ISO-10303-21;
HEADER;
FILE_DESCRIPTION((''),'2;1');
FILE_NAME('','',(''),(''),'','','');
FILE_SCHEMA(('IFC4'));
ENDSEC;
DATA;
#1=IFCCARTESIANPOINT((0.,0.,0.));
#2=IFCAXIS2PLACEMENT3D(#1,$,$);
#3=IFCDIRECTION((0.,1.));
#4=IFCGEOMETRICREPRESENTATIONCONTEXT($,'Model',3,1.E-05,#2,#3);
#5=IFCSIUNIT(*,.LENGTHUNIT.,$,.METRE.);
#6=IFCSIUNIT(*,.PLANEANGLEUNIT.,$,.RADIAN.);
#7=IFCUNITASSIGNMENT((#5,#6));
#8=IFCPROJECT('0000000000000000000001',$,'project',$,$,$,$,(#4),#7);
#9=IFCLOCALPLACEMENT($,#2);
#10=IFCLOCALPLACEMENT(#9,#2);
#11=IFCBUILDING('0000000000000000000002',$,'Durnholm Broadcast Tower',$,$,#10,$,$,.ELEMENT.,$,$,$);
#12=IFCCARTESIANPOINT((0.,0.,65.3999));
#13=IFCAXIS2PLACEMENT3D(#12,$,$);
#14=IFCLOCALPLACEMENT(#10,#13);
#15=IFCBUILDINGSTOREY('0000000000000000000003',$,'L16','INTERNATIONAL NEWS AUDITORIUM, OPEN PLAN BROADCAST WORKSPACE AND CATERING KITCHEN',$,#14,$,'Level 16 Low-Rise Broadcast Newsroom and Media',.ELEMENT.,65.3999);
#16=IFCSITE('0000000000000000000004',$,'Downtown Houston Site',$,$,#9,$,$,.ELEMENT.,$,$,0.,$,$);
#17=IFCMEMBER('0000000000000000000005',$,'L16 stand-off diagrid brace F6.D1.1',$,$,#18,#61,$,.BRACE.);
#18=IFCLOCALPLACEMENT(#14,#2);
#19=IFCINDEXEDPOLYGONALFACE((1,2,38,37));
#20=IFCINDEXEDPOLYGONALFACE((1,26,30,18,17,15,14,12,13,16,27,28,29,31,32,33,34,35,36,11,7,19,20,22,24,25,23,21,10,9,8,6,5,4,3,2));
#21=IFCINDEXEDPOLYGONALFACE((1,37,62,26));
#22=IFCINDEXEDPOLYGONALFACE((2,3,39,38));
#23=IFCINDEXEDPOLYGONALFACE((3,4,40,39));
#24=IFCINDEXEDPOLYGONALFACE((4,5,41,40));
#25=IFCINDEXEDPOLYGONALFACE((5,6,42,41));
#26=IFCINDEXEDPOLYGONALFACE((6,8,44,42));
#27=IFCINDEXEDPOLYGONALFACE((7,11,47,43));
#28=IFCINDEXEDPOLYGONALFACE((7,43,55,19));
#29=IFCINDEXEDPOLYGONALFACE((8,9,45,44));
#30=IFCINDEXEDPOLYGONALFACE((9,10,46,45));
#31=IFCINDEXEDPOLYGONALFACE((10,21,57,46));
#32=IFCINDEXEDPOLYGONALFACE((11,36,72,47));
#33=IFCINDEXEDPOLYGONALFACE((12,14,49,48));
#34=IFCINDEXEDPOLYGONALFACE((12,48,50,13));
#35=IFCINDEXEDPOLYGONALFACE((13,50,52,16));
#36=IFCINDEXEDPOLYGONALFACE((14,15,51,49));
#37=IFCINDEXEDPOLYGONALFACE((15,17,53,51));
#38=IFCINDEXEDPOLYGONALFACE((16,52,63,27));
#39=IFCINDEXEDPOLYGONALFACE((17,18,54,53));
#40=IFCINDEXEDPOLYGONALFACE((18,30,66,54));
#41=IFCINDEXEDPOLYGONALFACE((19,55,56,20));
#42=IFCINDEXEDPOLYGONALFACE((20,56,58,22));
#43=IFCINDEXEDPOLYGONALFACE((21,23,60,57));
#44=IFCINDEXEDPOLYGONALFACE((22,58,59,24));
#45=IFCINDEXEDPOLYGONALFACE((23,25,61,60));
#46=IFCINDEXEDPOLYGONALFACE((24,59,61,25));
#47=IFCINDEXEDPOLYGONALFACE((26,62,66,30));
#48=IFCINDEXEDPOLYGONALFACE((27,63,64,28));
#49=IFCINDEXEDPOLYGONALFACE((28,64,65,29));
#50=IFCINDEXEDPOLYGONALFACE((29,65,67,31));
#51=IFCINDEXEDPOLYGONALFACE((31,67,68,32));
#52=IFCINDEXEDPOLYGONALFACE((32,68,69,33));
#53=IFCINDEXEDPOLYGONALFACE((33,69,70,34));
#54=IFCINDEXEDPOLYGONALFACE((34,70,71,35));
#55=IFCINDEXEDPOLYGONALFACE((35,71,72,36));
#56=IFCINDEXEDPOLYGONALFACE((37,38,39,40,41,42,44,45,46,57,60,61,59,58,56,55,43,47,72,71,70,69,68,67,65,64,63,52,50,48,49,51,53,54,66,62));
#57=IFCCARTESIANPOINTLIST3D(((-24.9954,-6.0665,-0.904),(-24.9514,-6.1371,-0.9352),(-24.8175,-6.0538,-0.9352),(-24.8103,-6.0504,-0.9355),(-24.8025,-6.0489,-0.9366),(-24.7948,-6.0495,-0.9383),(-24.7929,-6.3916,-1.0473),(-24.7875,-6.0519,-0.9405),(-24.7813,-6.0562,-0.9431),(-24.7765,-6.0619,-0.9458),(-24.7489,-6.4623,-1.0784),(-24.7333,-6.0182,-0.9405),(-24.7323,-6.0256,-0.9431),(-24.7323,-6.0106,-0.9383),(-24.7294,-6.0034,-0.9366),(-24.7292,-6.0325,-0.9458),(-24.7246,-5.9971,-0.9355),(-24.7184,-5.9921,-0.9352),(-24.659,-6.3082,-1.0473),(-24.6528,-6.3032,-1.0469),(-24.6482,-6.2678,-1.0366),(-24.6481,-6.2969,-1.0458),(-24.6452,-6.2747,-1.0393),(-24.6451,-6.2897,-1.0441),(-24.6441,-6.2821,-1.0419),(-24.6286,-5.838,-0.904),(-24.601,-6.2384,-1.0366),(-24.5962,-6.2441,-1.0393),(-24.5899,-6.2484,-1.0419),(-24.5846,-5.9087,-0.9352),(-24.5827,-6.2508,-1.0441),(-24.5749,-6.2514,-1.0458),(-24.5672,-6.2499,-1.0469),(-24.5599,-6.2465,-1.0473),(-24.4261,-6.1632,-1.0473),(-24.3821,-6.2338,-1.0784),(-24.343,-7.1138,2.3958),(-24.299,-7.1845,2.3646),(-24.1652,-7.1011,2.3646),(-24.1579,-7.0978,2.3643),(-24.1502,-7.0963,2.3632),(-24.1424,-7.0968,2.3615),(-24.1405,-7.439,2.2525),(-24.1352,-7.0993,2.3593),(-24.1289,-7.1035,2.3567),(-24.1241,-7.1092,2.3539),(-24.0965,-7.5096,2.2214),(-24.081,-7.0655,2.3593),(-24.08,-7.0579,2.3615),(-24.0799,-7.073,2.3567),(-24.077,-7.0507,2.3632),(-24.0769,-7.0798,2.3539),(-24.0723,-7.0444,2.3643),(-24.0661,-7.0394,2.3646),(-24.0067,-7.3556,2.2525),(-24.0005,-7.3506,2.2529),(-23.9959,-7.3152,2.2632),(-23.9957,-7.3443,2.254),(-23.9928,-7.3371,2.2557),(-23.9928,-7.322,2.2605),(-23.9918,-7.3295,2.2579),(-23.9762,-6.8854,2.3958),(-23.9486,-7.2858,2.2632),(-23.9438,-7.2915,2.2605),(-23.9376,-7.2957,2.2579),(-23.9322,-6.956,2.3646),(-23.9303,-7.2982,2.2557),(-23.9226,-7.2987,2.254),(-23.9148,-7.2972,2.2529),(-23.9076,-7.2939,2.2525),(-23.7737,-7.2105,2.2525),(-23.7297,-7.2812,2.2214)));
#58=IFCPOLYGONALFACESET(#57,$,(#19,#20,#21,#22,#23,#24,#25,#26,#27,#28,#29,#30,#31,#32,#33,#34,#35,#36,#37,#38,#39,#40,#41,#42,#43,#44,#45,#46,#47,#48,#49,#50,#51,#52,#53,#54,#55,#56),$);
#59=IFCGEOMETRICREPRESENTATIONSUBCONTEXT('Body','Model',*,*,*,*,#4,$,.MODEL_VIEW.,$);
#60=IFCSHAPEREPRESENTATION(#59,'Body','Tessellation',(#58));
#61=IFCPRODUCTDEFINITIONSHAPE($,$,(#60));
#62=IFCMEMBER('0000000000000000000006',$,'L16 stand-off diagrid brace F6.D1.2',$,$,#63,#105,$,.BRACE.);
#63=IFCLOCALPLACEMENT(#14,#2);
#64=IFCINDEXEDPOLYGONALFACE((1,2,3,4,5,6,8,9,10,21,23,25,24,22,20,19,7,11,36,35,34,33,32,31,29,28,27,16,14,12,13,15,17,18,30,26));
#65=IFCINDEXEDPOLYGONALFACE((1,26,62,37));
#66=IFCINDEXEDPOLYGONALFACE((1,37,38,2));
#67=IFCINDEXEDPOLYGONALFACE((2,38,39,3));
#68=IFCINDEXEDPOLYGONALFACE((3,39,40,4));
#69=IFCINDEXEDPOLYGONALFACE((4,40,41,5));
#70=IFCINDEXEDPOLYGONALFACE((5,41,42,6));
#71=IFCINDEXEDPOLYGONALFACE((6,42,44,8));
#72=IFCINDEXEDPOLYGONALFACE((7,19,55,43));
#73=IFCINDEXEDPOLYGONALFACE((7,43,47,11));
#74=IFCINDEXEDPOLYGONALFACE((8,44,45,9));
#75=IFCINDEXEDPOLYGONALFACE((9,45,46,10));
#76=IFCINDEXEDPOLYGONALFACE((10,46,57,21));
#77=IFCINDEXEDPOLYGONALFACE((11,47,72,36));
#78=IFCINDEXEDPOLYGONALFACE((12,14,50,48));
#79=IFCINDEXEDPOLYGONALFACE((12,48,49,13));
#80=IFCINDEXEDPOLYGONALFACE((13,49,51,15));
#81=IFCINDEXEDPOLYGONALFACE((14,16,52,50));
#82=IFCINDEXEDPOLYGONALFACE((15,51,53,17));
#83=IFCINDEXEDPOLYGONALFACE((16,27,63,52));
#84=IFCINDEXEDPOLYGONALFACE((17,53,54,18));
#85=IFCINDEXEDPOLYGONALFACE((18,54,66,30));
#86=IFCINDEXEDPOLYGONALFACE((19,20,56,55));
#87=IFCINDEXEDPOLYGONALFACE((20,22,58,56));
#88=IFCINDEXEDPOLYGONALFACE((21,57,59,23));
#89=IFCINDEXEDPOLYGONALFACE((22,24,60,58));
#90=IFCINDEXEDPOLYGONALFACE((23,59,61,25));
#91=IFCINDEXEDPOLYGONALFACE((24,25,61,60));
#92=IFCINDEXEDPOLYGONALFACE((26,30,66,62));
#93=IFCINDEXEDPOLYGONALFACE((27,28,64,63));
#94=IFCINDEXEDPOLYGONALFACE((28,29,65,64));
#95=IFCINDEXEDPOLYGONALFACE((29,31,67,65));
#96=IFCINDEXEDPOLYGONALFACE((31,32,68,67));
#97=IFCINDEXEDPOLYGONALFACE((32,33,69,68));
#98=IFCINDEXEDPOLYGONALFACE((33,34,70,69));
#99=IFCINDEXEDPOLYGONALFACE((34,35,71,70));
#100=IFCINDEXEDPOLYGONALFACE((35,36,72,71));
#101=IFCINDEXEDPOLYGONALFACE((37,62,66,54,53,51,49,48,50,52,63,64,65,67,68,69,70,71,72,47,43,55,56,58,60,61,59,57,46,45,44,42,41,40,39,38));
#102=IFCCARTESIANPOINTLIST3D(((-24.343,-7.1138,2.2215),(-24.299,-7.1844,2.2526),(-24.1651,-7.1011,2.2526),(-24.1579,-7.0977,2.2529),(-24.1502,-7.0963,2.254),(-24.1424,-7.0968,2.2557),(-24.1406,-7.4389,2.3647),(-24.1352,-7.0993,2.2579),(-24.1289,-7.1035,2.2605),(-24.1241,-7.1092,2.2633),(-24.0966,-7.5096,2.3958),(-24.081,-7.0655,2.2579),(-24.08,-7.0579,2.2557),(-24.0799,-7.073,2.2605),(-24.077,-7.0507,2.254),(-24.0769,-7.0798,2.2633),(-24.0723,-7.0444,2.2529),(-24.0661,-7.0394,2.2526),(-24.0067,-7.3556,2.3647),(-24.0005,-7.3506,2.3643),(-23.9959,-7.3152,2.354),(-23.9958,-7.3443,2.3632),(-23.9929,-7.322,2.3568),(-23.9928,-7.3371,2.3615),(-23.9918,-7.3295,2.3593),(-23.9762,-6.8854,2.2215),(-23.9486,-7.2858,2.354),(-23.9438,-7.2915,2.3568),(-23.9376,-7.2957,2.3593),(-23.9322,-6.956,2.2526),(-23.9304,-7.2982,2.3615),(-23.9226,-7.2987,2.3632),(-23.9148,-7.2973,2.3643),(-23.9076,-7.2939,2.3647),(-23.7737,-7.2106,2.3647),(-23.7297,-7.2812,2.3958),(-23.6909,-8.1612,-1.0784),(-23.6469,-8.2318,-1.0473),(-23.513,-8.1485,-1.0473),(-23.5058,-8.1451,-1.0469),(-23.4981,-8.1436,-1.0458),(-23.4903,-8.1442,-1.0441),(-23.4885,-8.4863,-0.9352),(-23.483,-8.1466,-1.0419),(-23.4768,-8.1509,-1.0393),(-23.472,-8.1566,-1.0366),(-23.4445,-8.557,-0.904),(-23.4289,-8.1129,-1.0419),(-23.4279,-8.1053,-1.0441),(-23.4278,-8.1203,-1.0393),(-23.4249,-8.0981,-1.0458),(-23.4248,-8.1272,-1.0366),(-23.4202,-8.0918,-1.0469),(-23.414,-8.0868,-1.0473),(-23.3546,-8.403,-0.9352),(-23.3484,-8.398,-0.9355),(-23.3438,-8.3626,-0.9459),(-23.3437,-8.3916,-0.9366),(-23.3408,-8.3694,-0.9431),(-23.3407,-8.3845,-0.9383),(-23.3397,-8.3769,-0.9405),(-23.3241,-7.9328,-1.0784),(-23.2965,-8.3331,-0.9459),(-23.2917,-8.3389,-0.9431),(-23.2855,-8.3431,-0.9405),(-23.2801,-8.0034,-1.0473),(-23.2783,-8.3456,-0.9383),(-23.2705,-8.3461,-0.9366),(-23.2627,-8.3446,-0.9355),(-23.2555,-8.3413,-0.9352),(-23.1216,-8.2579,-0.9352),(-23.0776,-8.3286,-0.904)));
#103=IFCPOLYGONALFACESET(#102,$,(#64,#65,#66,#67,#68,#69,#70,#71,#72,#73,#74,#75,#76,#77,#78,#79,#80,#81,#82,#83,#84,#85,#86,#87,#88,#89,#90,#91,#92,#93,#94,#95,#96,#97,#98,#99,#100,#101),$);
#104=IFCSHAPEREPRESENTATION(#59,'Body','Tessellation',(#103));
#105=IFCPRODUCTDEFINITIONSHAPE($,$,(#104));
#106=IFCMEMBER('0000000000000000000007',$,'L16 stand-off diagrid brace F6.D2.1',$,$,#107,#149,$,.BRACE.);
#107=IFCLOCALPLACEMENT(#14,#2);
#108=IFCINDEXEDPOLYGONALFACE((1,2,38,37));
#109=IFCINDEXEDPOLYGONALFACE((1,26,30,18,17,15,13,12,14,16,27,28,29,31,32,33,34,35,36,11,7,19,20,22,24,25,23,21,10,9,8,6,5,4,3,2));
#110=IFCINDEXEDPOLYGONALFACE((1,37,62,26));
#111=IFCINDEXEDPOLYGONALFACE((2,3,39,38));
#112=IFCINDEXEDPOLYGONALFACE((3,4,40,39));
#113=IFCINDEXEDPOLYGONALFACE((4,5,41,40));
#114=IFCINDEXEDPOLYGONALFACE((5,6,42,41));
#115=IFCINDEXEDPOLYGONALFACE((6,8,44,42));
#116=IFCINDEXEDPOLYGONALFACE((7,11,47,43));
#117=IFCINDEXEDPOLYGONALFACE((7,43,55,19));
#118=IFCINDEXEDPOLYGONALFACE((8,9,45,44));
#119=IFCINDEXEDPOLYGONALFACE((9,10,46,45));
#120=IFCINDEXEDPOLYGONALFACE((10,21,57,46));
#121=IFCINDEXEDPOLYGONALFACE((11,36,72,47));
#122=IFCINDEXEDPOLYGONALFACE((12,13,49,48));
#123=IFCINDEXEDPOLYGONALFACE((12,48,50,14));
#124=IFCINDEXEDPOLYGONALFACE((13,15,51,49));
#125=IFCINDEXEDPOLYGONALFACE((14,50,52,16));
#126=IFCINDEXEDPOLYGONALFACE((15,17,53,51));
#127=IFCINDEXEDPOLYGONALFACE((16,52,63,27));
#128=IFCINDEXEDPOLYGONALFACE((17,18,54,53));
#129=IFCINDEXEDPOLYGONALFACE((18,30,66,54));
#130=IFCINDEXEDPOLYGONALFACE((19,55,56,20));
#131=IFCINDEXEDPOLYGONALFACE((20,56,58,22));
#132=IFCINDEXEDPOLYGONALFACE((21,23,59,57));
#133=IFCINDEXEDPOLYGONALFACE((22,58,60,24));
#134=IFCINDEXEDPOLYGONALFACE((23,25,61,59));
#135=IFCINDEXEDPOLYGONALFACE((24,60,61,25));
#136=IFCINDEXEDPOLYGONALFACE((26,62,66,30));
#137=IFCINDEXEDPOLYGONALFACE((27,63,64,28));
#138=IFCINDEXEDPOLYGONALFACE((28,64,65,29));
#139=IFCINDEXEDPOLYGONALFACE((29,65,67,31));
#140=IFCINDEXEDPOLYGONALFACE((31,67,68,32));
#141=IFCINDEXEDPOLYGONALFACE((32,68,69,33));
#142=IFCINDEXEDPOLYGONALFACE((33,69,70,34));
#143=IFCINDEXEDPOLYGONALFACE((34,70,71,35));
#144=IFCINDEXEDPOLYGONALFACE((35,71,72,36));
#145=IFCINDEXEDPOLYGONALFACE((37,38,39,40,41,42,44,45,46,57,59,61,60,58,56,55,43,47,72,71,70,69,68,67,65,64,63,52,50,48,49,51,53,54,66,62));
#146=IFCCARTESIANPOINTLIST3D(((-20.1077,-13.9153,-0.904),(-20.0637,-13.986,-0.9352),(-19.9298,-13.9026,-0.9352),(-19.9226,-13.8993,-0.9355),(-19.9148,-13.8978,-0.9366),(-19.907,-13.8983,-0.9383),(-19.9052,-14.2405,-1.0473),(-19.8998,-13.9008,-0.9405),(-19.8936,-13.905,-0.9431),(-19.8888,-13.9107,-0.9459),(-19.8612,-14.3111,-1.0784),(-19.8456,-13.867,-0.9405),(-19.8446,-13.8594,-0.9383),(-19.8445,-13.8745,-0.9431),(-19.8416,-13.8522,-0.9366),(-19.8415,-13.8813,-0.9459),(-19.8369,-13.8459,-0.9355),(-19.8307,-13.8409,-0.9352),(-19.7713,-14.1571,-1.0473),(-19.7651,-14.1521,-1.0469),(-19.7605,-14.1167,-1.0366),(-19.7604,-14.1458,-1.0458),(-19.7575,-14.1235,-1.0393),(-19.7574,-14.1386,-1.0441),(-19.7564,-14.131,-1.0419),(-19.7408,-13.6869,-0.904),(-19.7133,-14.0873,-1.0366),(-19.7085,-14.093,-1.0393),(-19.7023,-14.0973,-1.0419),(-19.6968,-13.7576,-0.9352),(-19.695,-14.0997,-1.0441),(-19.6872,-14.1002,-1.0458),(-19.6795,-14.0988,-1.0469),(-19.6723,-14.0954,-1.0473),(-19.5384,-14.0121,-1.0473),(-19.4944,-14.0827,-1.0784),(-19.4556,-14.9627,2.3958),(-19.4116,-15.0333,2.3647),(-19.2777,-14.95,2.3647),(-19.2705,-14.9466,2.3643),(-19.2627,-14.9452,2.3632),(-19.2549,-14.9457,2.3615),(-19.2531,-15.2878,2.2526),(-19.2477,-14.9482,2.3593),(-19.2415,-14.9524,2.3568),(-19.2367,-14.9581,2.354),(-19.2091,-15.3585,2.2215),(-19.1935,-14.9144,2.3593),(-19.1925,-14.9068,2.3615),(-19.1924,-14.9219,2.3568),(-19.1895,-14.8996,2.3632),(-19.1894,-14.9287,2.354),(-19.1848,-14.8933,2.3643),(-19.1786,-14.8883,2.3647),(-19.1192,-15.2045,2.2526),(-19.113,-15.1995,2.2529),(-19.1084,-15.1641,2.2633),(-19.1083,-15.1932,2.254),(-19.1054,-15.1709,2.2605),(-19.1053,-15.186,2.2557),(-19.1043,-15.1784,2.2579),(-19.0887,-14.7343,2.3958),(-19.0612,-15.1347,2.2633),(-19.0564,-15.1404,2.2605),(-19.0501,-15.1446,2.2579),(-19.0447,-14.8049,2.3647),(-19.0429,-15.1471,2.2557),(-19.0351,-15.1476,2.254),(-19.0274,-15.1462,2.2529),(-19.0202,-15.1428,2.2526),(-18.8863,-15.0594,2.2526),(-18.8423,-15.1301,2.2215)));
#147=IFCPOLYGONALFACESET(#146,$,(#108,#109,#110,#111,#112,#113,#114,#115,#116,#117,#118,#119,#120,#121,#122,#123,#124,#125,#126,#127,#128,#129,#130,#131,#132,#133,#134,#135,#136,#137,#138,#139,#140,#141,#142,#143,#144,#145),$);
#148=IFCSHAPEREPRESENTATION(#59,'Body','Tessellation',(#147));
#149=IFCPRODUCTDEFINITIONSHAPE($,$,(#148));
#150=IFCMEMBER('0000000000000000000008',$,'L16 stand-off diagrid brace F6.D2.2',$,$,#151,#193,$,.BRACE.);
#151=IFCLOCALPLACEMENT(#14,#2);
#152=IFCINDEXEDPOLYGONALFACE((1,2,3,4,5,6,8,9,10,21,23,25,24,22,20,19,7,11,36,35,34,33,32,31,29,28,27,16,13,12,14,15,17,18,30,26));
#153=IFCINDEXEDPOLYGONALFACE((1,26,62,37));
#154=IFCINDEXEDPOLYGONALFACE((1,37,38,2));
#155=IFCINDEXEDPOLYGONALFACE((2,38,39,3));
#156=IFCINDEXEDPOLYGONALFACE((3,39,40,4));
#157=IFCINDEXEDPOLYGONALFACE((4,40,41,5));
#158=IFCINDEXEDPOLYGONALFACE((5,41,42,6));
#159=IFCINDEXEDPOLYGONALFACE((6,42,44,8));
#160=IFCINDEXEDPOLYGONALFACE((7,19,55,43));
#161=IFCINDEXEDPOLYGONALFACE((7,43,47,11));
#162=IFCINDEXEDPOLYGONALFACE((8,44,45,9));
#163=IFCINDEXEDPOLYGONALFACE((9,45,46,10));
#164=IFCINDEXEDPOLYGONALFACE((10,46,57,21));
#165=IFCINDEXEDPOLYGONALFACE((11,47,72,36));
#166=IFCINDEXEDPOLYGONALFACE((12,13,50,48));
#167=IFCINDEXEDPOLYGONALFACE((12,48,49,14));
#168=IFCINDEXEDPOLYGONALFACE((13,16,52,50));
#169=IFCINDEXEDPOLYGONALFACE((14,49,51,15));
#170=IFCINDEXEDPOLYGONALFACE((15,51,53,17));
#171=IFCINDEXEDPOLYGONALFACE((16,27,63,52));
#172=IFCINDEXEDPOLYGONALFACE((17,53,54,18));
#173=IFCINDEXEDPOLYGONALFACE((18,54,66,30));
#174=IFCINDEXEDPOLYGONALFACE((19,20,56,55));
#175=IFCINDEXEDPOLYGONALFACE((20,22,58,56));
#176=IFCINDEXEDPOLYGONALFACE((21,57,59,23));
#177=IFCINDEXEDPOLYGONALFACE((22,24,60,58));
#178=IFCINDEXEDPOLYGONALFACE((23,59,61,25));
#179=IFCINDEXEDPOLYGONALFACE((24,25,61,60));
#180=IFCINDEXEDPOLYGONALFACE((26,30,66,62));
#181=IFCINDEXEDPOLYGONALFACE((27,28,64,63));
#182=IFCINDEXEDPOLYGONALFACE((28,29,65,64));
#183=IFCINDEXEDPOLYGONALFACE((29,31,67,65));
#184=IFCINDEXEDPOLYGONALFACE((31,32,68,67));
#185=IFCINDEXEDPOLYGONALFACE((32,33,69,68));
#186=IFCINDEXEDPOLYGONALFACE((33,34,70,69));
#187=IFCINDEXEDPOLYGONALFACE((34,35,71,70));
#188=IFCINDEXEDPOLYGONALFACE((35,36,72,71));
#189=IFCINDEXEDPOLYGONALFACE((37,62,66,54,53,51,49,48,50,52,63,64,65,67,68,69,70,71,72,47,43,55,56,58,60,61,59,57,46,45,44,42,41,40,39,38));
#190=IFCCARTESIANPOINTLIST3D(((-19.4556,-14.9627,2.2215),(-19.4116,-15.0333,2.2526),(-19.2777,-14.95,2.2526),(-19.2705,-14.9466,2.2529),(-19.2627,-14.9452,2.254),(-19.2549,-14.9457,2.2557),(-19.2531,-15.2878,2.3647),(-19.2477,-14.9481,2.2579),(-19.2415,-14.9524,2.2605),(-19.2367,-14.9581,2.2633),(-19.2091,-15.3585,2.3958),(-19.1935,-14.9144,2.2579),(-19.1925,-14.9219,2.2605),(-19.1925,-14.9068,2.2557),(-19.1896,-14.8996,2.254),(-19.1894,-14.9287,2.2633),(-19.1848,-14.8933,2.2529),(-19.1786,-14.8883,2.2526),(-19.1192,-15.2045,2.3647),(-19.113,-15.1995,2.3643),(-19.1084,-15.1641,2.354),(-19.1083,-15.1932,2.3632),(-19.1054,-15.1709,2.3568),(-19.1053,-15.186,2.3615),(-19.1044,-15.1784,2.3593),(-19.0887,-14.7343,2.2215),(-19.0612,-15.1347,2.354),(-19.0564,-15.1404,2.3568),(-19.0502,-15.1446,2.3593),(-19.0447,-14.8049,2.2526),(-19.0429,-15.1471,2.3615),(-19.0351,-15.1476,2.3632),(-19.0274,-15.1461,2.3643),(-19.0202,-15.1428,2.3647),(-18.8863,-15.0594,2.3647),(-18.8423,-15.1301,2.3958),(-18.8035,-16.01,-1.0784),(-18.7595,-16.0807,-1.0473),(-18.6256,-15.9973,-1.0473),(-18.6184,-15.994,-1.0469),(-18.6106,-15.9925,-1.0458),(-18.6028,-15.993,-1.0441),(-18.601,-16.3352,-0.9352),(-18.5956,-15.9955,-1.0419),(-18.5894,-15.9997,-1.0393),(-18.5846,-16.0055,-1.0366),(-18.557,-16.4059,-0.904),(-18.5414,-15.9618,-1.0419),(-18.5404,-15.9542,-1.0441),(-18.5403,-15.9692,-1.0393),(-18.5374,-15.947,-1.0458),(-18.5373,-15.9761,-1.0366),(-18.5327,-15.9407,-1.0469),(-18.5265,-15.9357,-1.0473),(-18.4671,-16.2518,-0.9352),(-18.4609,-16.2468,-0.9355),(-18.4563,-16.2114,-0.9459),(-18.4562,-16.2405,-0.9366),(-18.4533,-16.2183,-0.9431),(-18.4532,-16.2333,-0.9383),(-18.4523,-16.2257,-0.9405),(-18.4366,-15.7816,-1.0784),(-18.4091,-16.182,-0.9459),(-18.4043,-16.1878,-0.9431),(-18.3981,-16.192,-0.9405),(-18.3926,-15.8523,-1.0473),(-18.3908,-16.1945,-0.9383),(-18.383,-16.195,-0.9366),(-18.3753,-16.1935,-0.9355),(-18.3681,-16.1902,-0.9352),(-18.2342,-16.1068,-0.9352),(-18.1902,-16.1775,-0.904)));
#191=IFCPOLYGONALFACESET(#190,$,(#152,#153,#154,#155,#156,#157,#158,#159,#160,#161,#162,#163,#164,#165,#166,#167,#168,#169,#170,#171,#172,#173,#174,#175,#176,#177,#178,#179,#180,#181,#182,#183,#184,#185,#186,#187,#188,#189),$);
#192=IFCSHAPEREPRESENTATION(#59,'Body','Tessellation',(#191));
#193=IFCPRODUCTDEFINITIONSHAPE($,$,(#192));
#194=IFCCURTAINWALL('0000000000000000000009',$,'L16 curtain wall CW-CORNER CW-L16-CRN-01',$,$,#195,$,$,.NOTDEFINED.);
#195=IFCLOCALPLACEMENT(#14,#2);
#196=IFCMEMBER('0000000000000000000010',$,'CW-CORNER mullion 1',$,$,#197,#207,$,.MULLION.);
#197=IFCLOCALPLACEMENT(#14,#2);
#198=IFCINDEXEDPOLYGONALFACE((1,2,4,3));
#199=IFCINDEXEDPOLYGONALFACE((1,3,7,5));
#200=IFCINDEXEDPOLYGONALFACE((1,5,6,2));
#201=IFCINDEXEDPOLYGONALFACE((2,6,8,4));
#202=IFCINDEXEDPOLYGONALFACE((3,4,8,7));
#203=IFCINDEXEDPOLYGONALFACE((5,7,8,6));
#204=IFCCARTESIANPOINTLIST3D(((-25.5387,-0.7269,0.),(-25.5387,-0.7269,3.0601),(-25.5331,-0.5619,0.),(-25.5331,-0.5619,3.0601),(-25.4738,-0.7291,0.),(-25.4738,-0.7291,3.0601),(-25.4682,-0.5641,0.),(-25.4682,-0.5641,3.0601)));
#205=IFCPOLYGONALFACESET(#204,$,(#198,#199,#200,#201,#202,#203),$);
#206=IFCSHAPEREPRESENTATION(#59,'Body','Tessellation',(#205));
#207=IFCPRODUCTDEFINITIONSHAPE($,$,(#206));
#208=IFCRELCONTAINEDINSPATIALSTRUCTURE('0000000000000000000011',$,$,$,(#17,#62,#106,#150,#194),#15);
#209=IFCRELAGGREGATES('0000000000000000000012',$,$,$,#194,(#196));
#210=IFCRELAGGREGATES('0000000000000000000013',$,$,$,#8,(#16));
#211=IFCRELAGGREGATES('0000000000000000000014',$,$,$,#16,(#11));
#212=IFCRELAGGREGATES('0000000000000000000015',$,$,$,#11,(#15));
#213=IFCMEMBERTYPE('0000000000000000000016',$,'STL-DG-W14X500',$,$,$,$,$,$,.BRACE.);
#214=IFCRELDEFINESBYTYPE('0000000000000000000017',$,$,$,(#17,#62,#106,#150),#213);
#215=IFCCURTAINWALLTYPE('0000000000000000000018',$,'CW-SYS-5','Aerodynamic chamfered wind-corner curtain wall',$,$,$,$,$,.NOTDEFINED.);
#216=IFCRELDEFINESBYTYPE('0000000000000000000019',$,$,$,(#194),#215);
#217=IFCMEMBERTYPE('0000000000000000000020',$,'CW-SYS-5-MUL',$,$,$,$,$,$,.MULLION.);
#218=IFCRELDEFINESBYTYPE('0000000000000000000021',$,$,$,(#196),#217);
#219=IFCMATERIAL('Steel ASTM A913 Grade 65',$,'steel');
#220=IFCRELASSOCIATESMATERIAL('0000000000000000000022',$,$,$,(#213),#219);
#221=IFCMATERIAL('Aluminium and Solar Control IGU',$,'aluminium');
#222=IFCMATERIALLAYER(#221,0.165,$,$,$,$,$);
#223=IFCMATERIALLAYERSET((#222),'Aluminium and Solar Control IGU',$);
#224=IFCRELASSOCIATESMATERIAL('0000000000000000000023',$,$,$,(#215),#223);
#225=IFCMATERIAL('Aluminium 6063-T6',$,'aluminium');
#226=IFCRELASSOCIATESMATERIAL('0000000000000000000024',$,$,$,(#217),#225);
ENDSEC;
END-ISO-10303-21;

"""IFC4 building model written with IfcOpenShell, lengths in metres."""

from ifc_helpers import new_model, si_unit, direction, frame, origin, origin_2d, place, context, subcontext, project, spatial, rectangle, i_section, extrude, source, transform, mapped, material, layer, layer_set, material_profile, profile_set, type_object, type_shapes, element, aggregate, save


model = new_model("IFC4")

# Units and contexts
model_context = context("Model", 3, precision=1e-05, world=origin(), true_north=direction((0.0, 1.0)))
body_context = subcontext(model_context, "Body", "Model", "MODEL_VIEW")
ifc_project = project(units=[si_unit("LENGTHUNIT", "METRE"), si_unit("PLANEANGLEUNIT", "RADIAN")], contexts=[model_context])

# Site, building, storey
site_placement = place(None, origin())
site = spatial("IfcSite", under=ifc_project, at=site_placement, Name="Downtown Houston Site", CompositionType="ELEMENT", RefElevation=0.0)
building_placement = place(site_placement, origin())
building = spatial("IfcBuilding", under=site, at=building_placement, Name="Durnholm Broadcast Tower", CompositionType="ELEMENT")
storey_placement = place(building_placement, frame((0.0, 0.0, 65.3999)))
storey = spatial("IfcBuildingStorey", under=building, at=storey_placement, Name="L16", Description="INTERNATIONAL NEWS AUDITORIUM, OPEN PLAN BROADCAST WORKSPACE AND CATERING KITCHEN", LongName="Level 16 Low-Rise Broadcast Newsroom and Media", CompositionType="ELEMENT", Elevation=65.3999)

# Members
ifc_material_1 = material(Name="Steel ASTM A913 Grade 65", Category="steel")
ifc_material_profile_1 = material_profile(ifc_material_1, i_section(OverallWidth=0.4321, OverallDepth=0.4978, WebThickness=0.0557, FlangeThickness=0.0889, FilletRadius=0.0305, at=origin_2d()), Name="W14X500")
ifc_profile_set_1 = profile_set([ifc_material_profile_1], Name="Steel ASTM A913 Grade 65")
member_type_1 = type_object("IfcMemberType", Name="STL-DG-W14X500", PredefinedType="BRACE", material=ifc_profile_set_1)
shared_shape_1 = source(origin(), body_context, "Body", "SweptSolid", [
    extrude(i_section(OverallWidth=0.4321, OverallDepth=0.4978, WebThickness=0.0557, FlangeThickness=0.0889, FilletRadius=0.0305, at=origin_2d()), origin(), (0.0, 0.0, 1.0), 3.5229),
])
type_shapes(member_type_1, [shared_shape_1])
for number, where, z_axis, x_axis, name in (
    (1, (-24.6887, -6.1501, -0.9912), (0.185169, -0.297297, 0.936657), (0.84882, 0.528682, 0.0), "L16 stand-off diagrid brace F6.D1.1"),
    (2, (-23.3843, -8.2449, -0.9912), (-0.185102, 0.2973, 0.936669), (-0.848909, -0.52854, 0.0), "L16 stand-off diagrid brace F6.D1.2"),
    (3, (-19.801, -13.999, -0.9912), (0.185102, -0.2973, 0.936669), (0.848909, 0.52854, 0.0), "L16 stand-off diagrid brace F6.D2.1"),
    (4, (-18.4968, -16.0938, -0.9912), (-0.185102, 0.2973, 0.936669), (-0.848909, -0.52854, 0.0), "L16 stand-off diagrid brace F6.D2.2"),
):
    element("IfcMember", number, at=place(storey_placement, frame(where, z_axis=z_axis, x_axis=x_axis)), inside=storey, type_object=member_type_1, Name=name, PredefinedType="BRACE", context=body_context, shape_type="MappedRepresentation", body=[
        mapped(shared_shape_1, transform((0.0, 0.0, 0.0), x_axis=(1.0, 0.0, 0.0), y_axis=(0.0, 1.0, 0.0), z_axis=(0.0, 0.0, 1.0), scale=1.0)),
    ])

# Curtain wall, member
ifc_material_2 = material(Name="Aluminium and Solar Control IGU", Category="aluminium")
ifc_layer_1 = layer(ifc_material_2, 0.165)
ifc_layer_set_1 = layer_set([ifc_layer_1], Name="Aluminium and Solar Control IGU")
curtain_wall_type_1 = type_object("IfcCurtainWallType", Name="CW-SYS-5", Description="Aerodynamic chamfered wind-corner curtain wall", PredefinedType="NOTDEFINED", material=ifc_layer_set_1)
curtain_wall_1_placement = place(storey_placement, origin())
curtain_wall_1 = element("IfcCurtainWall", 5, at=curtain_wall_1_placement, inside=storey, type_object=curtain_wall_type_1, Name="L16 curtain wall CW-CORNER CW-L16-CRN-01", PredefinedType="NOTDEFINED")
ifc_material_3 = material(Name="Aluminium 6063-T6", Category="aluminium")
ifc_material_profile_2 = material_profile(ifc_material_3, rectangle(XDim=0.0649, YDim=0.165, at=origin_2d()), Name="CWM65X165")
ifc_profile_set_2 = profile_set([ifc_material_profile_2], Name="Aluminium 6063-T6")
member_type_2 = type_object("IfcMemberType", Name="CW-SYS-5-MUL", PredefinedType="MULLION", material=ifc_profile_set_2)
shared_shape_2 = source(origin(), body_context, "Body", "SweptSolid", [
    extrude(rectangle(XDim=0.0649, YDim=0.165, at=origin_2d()), origin(), (0.0, 0.0, 1.0), 3.0601),
])
type_shapes(member_type_2, [shared_shape_2])
member_1_placement = place(storey_placement, frame((-25.5034, -0.6455, 0.0), z_axis=(0.0, 0.0, 1.0), x_axis=(-0.999427, 0.03384, 0.0)))
member_1 = element("IfcMember", 6, at=member_1_placement, type_object=member_type_2, Name="CW-CORNER mullion 1", PredefinedType="MULLION", context=body_context, shape_type="MappedRepresentation", body=[
    mapped(shared_shape_2, transform((0.0, 0.0, 0.0), x_axis=(1.0, 0.0, 0.0), y_axis=(0.0, 1.0, 0.0), z_axis=(0.0, 0.0, 1.0), scale=1.0)),
])

aggregate(curtain_wall_1, [member_1])

save(model, "model.ifc")
